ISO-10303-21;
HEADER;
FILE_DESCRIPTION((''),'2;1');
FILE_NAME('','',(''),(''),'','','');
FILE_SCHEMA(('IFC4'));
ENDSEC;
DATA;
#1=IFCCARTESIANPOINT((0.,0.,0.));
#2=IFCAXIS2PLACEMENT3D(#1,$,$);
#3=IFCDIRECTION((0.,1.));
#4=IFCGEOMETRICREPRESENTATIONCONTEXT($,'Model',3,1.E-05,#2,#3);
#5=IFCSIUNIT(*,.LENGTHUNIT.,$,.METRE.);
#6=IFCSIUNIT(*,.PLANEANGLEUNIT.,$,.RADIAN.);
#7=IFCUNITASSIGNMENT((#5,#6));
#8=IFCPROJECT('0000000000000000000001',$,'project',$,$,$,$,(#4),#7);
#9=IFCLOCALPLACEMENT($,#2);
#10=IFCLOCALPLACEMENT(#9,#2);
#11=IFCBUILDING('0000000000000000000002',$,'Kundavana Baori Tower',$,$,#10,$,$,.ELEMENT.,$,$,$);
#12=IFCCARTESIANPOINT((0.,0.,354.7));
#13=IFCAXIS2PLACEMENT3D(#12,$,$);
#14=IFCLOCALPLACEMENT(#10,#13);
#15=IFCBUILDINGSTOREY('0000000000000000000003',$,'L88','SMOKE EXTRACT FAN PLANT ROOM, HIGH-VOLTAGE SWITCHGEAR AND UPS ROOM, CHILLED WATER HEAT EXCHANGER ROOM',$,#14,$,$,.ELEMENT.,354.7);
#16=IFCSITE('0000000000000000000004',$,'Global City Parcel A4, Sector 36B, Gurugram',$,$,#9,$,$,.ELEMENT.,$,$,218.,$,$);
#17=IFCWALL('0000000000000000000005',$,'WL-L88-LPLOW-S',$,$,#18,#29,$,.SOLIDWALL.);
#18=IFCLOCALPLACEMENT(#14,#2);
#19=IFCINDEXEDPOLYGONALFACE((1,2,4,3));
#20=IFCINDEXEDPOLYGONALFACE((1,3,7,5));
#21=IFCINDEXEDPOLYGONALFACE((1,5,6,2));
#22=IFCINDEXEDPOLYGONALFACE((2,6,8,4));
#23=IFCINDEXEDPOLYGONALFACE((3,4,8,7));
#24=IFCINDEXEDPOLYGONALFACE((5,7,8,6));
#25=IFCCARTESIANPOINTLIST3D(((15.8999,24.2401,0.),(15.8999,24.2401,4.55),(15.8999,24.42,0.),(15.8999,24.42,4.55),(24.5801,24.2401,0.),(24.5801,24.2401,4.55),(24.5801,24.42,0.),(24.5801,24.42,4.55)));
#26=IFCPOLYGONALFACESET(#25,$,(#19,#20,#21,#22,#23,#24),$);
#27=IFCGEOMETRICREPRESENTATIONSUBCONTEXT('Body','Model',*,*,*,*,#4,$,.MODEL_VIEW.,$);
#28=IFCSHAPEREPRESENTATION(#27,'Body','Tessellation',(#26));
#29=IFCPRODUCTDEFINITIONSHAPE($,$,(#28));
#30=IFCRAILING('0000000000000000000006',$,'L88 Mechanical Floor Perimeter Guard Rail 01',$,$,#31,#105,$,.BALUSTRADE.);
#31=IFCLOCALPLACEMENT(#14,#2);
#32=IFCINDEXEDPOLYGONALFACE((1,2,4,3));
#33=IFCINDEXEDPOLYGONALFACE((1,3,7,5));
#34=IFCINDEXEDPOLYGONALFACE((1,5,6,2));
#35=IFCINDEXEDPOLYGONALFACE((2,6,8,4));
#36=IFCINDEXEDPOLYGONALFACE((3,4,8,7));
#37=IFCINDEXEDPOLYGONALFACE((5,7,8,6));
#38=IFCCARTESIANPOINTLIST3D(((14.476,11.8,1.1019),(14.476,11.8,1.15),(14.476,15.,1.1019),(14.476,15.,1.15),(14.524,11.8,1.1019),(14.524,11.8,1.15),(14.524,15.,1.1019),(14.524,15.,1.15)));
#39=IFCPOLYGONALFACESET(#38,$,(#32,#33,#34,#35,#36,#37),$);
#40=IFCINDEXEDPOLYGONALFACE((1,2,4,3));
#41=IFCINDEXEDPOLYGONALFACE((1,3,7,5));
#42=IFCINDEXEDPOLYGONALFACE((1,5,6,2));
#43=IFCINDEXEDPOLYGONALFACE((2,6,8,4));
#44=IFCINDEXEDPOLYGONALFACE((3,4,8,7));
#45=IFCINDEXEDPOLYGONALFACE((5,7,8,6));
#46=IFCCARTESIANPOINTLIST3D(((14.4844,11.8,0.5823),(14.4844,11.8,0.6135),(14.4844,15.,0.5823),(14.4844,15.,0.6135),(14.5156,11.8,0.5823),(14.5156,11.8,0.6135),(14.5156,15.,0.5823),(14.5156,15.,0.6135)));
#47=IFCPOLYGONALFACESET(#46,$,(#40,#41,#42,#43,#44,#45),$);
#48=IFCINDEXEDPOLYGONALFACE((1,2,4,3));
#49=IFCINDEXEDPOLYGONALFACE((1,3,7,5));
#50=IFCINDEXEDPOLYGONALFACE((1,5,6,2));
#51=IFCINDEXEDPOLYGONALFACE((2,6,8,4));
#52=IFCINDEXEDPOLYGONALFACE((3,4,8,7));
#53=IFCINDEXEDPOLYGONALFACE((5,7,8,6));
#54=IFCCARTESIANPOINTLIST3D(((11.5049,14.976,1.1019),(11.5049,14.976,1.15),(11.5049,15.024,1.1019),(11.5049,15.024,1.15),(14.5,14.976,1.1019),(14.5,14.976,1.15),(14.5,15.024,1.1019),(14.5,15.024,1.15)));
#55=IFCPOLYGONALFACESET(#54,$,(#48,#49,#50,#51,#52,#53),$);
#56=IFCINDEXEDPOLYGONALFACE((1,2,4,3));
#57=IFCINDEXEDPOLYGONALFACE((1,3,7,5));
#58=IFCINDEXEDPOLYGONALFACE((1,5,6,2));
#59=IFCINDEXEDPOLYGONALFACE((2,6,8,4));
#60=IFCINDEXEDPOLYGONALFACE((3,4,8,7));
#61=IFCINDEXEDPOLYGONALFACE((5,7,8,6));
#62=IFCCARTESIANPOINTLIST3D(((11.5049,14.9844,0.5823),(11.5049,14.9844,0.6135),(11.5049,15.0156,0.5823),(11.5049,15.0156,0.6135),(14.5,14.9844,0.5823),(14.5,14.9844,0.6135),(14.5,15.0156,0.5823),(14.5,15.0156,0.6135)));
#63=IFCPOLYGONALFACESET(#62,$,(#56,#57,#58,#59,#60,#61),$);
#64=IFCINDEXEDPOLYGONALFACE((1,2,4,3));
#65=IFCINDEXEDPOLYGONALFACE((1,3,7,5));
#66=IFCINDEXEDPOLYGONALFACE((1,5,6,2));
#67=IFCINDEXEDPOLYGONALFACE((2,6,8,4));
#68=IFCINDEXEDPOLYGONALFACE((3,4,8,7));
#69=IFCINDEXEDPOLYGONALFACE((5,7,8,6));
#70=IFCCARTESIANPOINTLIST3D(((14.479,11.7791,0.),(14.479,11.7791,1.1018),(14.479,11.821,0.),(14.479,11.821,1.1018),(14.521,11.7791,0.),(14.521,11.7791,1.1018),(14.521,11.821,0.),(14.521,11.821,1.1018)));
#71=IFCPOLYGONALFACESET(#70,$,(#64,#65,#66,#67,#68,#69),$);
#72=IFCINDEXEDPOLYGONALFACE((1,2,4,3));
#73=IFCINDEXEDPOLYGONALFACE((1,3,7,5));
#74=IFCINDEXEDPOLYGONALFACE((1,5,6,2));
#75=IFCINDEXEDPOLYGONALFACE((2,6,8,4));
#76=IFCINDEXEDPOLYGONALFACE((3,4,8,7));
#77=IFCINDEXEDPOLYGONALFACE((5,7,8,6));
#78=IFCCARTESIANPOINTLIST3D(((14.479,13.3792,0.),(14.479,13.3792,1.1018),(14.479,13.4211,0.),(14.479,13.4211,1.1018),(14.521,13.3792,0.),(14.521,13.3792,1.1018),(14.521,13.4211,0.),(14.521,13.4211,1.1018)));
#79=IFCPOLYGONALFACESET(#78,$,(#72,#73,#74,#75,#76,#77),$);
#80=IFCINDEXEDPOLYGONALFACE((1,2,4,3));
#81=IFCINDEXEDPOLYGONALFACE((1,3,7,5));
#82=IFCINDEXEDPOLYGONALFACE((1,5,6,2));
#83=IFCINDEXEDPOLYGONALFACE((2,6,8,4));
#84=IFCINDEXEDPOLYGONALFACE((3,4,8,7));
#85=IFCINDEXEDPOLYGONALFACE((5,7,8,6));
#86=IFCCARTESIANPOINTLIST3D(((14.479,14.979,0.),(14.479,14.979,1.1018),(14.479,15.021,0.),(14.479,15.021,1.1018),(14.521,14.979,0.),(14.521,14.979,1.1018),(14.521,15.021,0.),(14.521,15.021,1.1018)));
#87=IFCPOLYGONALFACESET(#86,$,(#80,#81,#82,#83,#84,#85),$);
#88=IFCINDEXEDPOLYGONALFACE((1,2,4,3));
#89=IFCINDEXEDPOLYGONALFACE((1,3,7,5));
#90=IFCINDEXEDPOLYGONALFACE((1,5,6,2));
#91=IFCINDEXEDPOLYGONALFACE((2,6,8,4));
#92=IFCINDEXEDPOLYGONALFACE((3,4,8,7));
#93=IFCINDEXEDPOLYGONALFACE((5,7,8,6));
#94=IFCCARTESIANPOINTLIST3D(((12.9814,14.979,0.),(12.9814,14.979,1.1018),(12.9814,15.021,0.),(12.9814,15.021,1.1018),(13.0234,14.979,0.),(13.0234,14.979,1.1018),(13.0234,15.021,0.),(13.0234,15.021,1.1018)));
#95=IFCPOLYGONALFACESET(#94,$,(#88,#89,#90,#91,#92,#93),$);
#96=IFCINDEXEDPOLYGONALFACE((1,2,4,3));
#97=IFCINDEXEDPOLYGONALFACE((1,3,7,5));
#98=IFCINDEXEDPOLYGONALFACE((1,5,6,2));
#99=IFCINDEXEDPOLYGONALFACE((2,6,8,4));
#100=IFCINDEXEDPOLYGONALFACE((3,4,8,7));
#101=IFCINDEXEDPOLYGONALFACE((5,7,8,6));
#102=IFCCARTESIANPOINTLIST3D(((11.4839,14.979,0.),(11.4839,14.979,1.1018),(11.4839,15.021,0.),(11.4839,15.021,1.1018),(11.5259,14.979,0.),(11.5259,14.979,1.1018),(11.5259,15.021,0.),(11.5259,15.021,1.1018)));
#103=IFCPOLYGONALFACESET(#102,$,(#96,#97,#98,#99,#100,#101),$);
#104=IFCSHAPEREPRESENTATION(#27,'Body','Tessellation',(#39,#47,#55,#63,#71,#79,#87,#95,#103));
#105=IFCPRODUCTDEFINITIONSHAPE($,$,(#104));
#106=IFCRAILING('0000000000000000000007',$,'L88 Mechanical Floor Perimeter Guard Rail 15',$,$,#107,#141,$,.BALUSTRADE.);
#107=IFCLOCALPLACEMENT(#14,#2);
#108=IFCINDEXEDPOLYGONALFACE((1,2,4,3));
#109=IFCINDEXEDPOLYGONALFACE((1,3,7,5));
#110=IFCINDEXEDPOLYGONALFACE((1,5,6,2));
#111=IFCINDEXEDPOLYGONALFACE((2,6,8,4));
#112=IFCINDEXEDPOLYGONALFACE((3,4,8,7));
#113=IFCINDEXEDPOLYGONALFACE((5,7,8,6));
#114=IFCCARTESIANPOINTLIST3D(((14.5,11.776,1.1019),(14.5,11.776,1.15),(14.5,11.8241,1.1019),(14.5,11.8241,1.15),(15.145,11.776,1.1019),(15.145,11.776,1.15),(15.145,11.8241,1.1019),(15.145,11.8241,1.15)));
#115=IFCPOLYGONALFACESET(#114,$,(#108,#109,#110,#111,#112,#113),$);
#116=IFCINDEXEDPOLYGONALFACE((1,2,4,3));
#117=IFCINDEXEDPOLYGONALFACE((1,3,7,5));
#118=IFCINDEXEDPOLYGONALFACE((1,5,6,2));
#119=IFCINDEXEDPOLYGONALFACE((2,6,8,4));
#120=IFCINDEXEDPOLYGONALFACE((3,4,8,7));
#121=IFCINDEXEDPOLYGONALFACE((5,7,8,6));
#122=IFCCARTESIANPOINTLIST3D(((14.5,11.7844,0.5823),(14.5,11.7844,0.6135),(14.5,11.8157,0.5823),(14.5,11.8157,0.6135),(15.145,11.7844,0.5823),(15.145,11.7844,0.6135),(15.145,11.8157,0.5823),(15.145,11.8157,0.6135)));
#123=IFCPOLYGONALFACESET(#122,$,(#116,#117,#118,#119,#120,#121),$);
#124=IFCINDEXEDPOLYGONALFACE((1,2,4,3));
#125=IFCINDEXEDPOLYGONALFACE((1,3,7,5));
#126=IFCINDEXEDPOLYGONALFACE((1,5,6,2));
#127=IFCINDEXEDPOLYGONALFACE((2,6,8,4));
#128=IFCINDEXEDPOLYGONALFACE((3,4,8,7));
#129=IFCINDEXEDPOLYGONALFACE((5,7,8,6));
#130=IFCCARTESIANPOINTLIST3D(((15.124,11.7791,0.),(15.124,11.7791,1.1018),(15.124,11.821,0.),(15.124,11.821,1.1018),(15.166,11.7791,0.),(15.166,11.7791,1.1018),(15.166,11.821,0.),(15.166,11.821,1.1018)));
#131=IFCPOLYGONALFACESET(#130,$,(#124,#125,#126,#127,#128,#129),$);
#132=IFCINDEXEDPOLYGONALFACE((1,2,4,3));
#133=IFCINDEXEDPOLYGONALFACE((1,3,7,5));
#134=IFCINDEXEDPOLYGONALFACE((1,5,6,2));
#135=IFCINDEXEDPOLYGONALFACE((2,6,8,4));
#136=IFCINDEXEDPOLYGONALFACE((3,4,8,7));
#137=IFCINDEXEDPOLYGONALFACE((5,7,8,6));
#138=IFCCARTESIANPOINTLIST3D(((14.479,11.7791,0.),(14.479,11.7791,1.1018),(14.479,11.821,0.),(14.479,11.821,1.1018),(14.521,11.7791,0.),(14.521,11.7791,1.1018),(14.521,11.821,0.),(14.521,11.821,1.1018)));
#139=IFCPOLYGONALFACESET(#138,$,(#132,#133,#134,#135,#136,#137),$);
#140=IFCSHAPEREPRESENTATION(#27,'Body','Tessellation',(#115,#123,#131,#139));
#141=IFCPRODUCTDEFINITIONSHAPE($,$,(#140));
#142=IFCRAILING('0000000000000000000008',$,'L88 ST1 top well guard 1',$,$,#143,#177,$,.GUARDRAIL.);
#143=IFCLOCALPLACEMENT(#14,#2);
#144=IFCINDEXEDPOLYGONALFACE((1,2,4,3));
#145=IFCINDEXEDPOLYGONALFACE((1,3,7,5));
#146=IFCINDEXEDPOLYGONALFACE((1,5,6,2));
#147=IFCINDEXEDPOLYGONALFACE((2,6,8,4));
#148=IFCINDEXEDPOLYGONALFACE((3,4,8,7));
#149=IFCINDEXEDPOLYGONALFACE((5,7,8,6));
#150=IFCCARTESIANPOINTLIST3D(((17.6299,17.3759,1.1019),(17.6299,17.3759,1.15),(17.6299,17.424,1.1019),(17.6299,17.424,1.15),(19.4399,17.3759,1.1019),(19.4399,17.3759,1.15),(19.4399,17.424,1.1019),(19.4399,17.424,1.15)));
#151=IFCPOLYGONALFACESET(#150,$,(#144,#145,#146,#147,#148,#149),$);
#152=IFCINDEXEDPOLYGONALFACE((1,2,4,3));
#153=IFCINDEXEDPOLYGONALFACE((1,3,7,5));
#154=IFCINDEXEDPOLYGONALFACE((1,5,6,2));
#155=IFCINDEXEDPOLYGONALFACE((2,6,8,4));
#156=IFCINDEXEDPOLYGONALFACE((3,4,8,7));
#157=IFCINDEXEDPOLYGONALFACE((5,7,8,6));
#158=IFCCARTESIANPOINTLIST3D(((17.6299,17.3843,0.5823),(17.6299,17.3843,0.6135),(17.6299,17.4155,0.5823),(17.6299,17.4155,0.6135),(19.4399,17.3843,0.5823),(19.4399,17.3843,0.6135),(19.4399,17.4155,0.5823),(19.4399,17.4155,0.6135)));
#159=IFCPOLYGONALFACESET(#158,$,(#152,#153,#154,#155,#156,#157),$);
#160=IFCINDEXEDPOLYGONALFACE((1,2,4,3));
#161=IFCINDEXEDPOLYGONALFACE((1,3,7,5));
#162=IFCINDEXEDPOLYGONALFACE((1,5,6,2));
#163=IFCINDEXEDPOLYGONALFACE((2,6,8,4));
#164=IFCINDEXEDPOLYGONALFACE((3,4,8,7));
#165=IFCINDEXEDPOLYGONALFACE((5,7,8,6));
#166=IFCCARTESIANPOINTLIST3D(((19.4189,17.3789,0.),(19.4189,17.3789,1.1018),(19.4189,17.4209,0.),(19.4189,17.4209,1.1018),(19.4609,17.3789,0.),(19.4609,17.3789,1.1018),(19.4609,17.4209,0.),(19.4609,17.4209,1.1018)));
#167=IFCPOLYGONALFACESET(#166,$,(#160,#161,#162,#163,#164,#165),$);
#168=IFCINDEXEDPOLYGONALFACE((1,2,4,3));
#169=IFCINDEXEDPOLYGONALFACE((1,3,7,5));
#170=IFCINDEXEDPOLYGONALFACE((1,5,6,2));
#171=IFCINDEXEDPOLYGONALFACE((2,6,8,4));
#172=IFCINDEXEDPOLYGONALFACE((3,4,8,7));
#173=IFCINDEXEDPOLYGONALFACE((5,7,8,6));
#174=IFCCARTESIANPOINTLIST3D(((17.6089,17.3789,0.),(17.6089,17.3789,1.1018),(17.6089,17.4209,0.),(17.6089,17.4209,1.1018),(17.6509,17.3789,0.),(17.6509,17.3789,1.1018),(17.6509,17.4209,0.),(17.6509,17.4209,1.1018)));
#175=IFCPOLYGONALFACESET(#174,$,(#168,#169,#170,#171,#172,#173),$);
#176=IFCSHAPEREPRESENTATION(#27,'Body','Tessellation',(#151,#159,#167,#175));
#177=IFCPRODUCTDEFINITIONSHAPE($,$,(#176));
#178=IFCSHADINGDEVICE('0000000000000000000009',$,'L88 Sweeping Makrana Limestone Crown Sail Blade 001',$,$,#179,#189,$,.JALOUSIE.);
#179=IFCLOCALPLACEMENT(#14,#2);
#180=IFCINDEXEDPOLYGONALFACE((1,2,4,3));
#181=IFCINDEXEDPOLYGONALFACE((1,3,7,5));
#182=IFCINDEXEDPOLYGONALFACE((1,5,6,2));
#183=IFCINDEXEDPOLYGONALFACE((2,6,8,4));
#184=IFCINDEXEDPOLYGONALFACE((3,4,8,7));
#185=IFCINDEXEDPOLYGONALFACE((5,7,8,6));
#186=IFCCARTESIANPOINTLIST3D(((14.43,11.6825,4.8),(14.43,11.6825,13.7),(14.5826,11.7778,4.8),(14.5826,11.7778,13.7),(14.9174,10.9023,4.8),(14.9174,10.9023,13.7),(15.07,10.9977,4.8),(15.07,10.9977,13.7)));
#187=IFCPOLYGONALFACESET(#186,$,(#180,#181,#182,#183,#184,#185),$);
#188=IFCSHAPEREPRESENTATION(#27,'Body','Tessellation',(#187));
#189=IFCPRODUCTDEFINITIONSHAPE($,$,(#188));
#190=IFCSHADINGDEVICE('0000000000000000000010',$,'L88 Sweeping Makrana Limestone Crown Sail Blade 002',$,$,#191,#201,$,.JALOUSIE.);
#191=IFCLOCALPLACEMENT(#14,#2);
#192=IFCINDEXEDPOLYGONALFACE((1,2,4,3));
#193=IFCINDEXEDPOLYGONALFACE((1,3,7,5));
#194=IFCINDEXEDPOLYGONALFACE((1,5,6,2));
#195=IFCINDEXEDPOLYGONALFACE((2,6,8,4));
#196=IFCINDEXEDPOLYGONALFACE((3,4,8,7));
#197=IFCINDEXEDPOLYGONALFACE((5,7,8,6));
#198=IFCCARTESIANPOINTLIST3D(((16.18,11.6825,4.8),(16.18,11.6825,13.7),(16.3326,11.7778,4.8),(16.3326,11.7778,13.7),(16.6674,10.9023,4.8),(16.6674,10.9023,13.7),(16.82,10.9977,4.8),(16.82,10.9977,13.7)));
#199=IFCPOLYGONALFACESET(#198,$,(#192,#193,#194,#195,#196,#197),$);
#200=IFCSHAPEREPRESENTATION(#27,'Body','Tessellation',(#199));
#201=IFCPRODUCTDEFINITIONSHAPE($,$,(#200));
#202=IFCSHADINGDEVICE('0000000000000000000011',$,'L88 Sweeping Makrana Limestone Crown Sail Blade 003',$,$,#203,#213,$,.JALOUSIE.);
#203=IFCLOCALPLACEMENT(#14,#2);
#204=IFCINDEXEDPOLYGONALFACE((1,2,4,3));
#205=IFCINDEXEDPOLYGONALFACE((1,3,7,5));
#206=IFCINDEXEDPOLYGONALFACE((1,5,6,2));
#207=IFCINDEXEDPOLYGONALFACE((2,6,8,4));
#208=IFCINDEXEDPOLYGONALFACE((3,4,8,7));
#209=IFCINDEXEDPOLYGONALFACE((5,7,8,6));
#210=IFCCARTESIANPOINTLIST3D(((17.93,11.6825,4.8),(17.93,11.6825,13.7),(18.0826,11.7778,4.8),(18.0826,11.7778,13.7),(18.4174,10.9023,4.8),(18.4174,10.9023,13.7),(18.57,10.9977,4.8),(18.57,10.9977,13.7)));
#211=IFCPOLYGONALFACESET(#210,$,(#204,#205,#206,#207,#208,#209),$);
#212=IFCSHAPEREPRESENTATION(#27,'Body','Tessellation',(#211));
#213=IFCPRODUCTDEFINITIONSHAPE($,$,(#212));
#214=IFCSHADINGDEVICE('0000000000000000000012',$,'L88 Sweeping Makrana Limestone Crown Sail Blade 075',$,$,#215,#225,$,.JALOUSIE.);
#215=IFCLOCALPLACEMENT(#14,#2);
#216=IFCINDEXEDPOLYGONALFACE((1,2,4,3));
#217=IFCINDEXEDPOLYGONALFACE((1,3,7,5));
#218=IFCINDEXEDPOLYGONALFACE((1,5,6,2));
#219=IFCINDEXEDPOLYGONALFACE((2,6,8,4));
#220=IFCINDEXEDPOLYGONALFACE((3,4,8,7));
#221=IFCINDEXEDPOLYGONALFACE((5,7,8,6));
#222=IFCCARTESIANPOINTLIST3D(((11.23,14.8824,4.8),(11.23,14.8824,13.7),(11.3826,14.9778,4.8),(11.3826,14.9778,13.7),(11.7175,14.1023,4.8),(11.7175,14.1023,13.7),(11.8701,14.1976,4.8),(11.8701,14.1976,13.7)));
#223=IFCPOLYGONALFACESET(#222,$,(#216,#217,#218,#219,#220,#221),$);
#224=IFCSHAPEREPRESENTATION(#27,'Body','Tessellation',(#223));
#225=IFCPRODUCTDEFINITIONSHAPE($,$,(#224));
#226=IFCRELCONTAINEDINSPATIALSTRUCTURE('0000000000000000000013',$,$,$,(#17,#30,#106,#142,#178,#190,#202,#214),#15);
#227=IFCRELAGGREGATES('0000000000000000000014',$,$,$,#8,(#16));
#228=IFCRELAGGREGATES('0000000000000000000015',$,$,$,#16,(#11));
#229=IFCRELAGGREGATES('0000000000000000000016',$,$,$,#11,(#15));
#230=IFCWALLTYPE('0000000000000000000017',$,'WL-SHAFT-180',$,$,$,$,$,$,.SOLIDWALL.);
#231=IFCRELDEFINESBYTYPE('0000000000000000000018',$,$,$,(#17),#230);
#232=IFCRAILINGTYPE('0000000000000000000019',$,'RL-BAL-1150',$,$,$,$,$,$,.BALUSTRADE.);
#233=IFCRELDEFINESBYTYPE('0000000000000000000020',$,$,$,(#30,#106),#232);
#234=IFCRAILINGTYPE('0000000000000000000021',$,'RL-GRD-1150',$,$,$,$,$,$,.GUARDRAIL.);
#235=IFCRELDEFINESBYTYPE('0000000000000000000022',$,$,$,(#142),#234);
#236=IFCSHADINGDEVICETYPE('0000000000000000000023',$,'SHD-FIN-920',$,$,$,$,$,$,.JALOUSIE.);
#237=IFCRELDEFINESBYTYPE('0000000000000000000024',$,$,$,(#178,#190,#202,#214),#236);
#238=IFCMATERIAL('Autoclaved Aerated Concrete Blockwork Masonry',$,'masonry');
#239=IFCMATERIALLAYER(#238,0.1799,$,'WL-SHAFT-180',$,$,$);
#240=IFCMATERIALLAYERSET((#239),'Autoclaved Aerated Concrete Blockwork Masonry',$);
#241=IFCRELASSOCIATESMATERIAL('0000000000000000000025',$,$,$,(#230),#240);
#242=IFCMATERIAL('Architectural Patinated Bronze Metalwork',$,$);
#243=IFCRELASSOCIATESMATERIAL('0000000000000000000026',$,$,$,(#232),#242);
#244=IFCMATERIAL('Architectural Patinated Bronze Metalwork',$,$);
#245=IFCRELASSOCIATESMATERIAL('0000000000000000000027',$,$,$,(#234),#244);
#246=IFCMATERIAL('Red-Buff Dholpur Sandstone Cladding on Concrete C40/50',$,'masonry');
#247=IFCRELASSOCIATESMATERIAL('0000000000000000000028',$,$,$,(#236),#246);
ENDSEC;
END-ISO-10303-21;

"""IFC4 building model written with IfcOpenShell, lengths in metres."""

from ifc_helpers import new_model, si_unit, direction, frame, frame_2d, origin, origin_2d, place, context, subcontext, project, spatial, rectangle, extrude, material, layer, layer_set, type_object, element, save


model = new_model("IFC4")

# Units and contexts
model_context = context("Model", 3, precision=1e-05, world=origin(), true_north=direction((0.0, 1.0)))
body_context = subcontext(model_context, "Body", "Model", "MODEL_VIEW")
ifc_project = project(units=[si_unit("LENGTHUNIT", "METRE"), si_unit("PLANEANGLEUNIT", "RADIAN")], contexts=[model_context])

# Site, building, storey
site_placement = place(None, origin())
site = spatial("IfcSite", under=ifc_project, at=site_placement, Name="Global City Parcel A4, Sector 36B, Gurugram", CompositionType="ELEMENT", RefElevation=218.0)
building_placement = place(site_placement, origin())
building = spatial("IfcBuilding", under=site, at=building_placement, Name="Kundavana Baori Tower", CompositionType="ELEMENT")
storey_placement = place(building_placement, frame((0.0, 0.0, 354.7)))
storey = spatial("IfcBuildingStorey", under=building, at=storey_placement, Name="L88", Description="SMOKE EXTRACT FAN PLANT ROOM, HIGH-VOLTAGE SWITCHGEAR AND UPS ROOM, CHILLED WATER HEAT EXCHANGER ROOM", CompositionType="ELEMENT", Elevation=354.7)

# Wall
ifc_material_1 = material(Name="Autoclaved Aerated Concrete Blockwork Masonry", Category="masonry")
ifc_layer_1 = layer(ifc_material_1, 0.1799, Name="WL-SHAFT-180")
ifc_layer_set_1 = layer_set([ifc_layer_1], Name="Autoclaved Aerated Concrete Blockwork Masonry")
wall_type_1 = type_object("IfcWallType", Name="WL-SHAFT-180", PredefinedType="SOLIDWALL", material=ifc_layer_set_1)
wall_1_placement = place(storey_placement, frame((15.8999, 24.3301, 0.0), z_axis=(0.0, 0.0, 1.0), x_axis=(1.0, 0.0, 0.0)))
element("IfcWall", 1, at=wall_1_placement, inside=storey, type_object=wall_type_1, Name="WL-L88-LPLOW-S", PredefinedType="SOLIDWALL", context=body_context, shape_type="SweptSolid", body=[
    extrude(rectangle(XDim=8.6802, YDim=0.1799, at=frame_2d((4.3401, 0.0))), origin(), (0.0, 0.0, 1.0), 4.55),
])

# Railings
ifc_material_2 = material(Name="Architectural Patinated Bronze Metalwork")
railing_type_1 = type_object("IfcRailingType", Name="RL-BAL-1150", PredefinedType="BALUSTRADE", material=ifc_material_2)
railing_1_placement = place(storey_placement, frame((14.5, 11.8, 0.0)))
element("IfcRailing", 2, at=railing_1_placement, inside=storey, type_object=railing_type_1, Name="L88 Mechanical Floor Perimeter Guard Rail 01", PredefinedType="BALUSTRADE", context=body_context, shape_type="SweptSolid", body=[
    extrude(rectangle(XDim=0.0481, YDim=0.0481, at=origin_2d()), frame((0.0, 0.0, 1.126), z_axis=(0.0, 1.0, 0.0), x_axis=(-1.0, 0.0, 0.0)), (0.0, 0.0, 1.0), 3.2),
    extrude(rectangle(XDim=0.0312, YDim=0.0312, at=origin_2d()), frame((0.0, 0.0, 0.5979), z_axis=(0.0, 1.0, 0.0), x_axis=(-1.0, 0.0, 0.0)), (0.0, 0.0, 1.0), 3.2),
    extrude(rectangle(XDim=0.0481, YDim=0.0481, at=origin_2d()), frame((0.0, 3.2, 1.126), z_axis=(-1.0, 0.0, 0.0), x_axis=(0.0, -1.0, 0.0)), (0.0, 0.0, 1.0), 2.9951),
    extrude(rectangle(XDim=0.0312, YDim=0.0312, at=origin_2d()), frame((0.0, 3.2, 0.5979), z_axis=(-1.0, 0.0, 0.0), x_axis=(0.0, -1.0, 0.0)), (0.0, 0.0, 1.0), 2.9951),
    extrude(rectangle(XDim=0.042, YDim=0.042, at=origin_2d()), origin(), (0.0, 0.0, 1.0), 1.1018),
    extrude(rectangle(XDim=0.042, YDim=0.042, at=origin_2d()), frame((0.0, 1.6001, 0.0)), (0.0, 0.0, 1.0), 1.1018),
    extrude(rectangle(XDim=0.042, YDim=0.042, at=origin_2d()), frame((0.0, 3.2, 0.0)), (0.0, 0.0, 1.0), 1.1018),
    extrude(rectangle(XDim=0.042, YDim=0.042, at=origin_2d()), frame((-1.4976, 3.2, 0.0)), (0.0, 0.0, 1.0), 1.1018),
    extrude(rectangle(XDim=0.042, YDim=0.042, at=origin_2d()), frame((-2.9951, 3.2, 0.0)), (0.0, 0.0, 1.0), 1.1018),
])
railing_2_placement = place(storey_placement, frame((15.145, 11.8, 0.0)))
element("IfcRailing", 3, at=railing_2_placement, inside=storey, type_object=railing_type_1, Name="L88 Mechanical Floor Perimeter Guard Rail 15", PredefinedType="BALUSTRADE", context=body_context, shape_type="SweptSolid", body=[
    extrude(rectangle(XDim=0.0481, YDim=0.0481, at=origin_2d()), frame((0.0, 0.0, 1.126), z_axis=(-1.0, 0.0, 0.0), x_axis=(0.0, -1.0, 0.0)), (0.0, 0.0, 1.0), 0.645),
    extrude(rectangle(XDim=0.0312, YDim=0.0312, at=origin_2d()), frame((0.0, 0.0, 0.5979), z_axis=(-1.0, 0.0, 0.0), x_axis=(0.0, -1.0, 0.0)), (0.0, 0.0, 1.0), 0.645),
    extrude(rectangle(XDim=0.042, YDim=0.042, at=origin_2d()), origin(), (0.0, 0.0, 1.0), 1.1018),
    extrude(rectangle(XDim=0.042, YDim=0.042, at=origin_2d()), frame((-0.645, 0.0, 0.0)), (0.0, 0.0, 1.0), 1.1018),
])
ifc_material_3 = material(Name="Architectural Patinated Bronze Metalwork")
railing_type_2 = type_object("IfcRailingType", Name="RL-GRD-1150", PredefinedType="GUARDRAIL", material=ifc_material_3)
railing_3_placement = place(storey_placement, frame((19.4399, 17.3999, 0.0)))
element("IfcRailing", 4, at=railing_3_placement, inside=storey, type_object=railing_type_2, Name="L88 ST1 top well guard 1", PredefinedType="GUARDRAIL", context=body_context, shape_type="SweptSolid", body=[
    extrude(rectangle(XDim=0.0481, YDim=0.0481, at=origin_2d()), frame((0.0, 0.0, 1.126), z_axis=(-1.0, 0.0, 0.0), x_axis=(0.0, -1.0, 0.0)), (0.0, 0.0, 1.0), 1.8101),
    extrude(rectangle(XDim=0.0312, YDim=0.0312, at=origin_2d()), frame((0.0, 0.0, 0.5979), z_axis=(-1.0, 0.0, 0.0), x_axis=(0.0, -1.0, 0.0)), (0.0, 0.0, 1.0), 1.8101),
    extrude(rectangle(XDim=0.042, YDim=0.042, at=origin_2d()), origin(), (0.0, 0.0, 1.0), 1.1018),
    extrude(rectangle(XDim=0.042, YDim=0.042, at=origin_2d()), frame((-1.8101, 0.0, 0.0)), (0.0, 0.0, 1.0), 1.1018),
])

# Shading devices
ifc_material_4 = material(Name="Red-Buff Dholpur Sandstone Cladding on Concrete C40/50", Category="masonry")
shading_device_type = type_object("IfcShadingDeviceType", Name="SHD-FIN-920", PredefinedType="JALOUSIE", material=ifc_material_4)
for number, where, z_axis, x_axis, name in (
    (5, (14.75, 11.3401, 4.8), (0.0, 0.0, 1.0), (0.848048, 0.529919, 0.0), "L88 Sweeping Makrana Limestone Crown Sail Blade 001"),
    (6, (16.5, 11.3401, 4.8), (0.0, 0.0, 1.0), (0.848048, 0.529919, 0.0), "L88 Sweeping Makrana Limestone Crown Sail Blade 002"),
    (7, (18.25, 11.3401, 4.8), (0.0, 0.0, 1.0), (0.848048, 0.529919, 0.0), "L88 Sweeping Makrana Limestone Crown Sail Blade 003"),
    (8, (11.55, 14.54, 4.8), (0.0, 0.0, 1.0), (0.848048, 0.529919, 0.0), "L88 Sweeping Makrana Limestone Crown Sail Blade 075"),
):
    element("IfcShadingDevice", number, at=place(storey_placement, frame(where, z_axis=z_axis, x_axis=x_axis)), inside=storey, type_object=shading_device_type, Name=name, PredefinedType="JALOUSIE", context=body_context, shape_type="SweptSolid", body=[
        extrude(rectangle(XDim=0.1799, YDim=0.9199, at=origin_2d()), origin(), (0.0, 0.0, 1.0), 8.8999),
    ])

save(model, "model.ifc")
